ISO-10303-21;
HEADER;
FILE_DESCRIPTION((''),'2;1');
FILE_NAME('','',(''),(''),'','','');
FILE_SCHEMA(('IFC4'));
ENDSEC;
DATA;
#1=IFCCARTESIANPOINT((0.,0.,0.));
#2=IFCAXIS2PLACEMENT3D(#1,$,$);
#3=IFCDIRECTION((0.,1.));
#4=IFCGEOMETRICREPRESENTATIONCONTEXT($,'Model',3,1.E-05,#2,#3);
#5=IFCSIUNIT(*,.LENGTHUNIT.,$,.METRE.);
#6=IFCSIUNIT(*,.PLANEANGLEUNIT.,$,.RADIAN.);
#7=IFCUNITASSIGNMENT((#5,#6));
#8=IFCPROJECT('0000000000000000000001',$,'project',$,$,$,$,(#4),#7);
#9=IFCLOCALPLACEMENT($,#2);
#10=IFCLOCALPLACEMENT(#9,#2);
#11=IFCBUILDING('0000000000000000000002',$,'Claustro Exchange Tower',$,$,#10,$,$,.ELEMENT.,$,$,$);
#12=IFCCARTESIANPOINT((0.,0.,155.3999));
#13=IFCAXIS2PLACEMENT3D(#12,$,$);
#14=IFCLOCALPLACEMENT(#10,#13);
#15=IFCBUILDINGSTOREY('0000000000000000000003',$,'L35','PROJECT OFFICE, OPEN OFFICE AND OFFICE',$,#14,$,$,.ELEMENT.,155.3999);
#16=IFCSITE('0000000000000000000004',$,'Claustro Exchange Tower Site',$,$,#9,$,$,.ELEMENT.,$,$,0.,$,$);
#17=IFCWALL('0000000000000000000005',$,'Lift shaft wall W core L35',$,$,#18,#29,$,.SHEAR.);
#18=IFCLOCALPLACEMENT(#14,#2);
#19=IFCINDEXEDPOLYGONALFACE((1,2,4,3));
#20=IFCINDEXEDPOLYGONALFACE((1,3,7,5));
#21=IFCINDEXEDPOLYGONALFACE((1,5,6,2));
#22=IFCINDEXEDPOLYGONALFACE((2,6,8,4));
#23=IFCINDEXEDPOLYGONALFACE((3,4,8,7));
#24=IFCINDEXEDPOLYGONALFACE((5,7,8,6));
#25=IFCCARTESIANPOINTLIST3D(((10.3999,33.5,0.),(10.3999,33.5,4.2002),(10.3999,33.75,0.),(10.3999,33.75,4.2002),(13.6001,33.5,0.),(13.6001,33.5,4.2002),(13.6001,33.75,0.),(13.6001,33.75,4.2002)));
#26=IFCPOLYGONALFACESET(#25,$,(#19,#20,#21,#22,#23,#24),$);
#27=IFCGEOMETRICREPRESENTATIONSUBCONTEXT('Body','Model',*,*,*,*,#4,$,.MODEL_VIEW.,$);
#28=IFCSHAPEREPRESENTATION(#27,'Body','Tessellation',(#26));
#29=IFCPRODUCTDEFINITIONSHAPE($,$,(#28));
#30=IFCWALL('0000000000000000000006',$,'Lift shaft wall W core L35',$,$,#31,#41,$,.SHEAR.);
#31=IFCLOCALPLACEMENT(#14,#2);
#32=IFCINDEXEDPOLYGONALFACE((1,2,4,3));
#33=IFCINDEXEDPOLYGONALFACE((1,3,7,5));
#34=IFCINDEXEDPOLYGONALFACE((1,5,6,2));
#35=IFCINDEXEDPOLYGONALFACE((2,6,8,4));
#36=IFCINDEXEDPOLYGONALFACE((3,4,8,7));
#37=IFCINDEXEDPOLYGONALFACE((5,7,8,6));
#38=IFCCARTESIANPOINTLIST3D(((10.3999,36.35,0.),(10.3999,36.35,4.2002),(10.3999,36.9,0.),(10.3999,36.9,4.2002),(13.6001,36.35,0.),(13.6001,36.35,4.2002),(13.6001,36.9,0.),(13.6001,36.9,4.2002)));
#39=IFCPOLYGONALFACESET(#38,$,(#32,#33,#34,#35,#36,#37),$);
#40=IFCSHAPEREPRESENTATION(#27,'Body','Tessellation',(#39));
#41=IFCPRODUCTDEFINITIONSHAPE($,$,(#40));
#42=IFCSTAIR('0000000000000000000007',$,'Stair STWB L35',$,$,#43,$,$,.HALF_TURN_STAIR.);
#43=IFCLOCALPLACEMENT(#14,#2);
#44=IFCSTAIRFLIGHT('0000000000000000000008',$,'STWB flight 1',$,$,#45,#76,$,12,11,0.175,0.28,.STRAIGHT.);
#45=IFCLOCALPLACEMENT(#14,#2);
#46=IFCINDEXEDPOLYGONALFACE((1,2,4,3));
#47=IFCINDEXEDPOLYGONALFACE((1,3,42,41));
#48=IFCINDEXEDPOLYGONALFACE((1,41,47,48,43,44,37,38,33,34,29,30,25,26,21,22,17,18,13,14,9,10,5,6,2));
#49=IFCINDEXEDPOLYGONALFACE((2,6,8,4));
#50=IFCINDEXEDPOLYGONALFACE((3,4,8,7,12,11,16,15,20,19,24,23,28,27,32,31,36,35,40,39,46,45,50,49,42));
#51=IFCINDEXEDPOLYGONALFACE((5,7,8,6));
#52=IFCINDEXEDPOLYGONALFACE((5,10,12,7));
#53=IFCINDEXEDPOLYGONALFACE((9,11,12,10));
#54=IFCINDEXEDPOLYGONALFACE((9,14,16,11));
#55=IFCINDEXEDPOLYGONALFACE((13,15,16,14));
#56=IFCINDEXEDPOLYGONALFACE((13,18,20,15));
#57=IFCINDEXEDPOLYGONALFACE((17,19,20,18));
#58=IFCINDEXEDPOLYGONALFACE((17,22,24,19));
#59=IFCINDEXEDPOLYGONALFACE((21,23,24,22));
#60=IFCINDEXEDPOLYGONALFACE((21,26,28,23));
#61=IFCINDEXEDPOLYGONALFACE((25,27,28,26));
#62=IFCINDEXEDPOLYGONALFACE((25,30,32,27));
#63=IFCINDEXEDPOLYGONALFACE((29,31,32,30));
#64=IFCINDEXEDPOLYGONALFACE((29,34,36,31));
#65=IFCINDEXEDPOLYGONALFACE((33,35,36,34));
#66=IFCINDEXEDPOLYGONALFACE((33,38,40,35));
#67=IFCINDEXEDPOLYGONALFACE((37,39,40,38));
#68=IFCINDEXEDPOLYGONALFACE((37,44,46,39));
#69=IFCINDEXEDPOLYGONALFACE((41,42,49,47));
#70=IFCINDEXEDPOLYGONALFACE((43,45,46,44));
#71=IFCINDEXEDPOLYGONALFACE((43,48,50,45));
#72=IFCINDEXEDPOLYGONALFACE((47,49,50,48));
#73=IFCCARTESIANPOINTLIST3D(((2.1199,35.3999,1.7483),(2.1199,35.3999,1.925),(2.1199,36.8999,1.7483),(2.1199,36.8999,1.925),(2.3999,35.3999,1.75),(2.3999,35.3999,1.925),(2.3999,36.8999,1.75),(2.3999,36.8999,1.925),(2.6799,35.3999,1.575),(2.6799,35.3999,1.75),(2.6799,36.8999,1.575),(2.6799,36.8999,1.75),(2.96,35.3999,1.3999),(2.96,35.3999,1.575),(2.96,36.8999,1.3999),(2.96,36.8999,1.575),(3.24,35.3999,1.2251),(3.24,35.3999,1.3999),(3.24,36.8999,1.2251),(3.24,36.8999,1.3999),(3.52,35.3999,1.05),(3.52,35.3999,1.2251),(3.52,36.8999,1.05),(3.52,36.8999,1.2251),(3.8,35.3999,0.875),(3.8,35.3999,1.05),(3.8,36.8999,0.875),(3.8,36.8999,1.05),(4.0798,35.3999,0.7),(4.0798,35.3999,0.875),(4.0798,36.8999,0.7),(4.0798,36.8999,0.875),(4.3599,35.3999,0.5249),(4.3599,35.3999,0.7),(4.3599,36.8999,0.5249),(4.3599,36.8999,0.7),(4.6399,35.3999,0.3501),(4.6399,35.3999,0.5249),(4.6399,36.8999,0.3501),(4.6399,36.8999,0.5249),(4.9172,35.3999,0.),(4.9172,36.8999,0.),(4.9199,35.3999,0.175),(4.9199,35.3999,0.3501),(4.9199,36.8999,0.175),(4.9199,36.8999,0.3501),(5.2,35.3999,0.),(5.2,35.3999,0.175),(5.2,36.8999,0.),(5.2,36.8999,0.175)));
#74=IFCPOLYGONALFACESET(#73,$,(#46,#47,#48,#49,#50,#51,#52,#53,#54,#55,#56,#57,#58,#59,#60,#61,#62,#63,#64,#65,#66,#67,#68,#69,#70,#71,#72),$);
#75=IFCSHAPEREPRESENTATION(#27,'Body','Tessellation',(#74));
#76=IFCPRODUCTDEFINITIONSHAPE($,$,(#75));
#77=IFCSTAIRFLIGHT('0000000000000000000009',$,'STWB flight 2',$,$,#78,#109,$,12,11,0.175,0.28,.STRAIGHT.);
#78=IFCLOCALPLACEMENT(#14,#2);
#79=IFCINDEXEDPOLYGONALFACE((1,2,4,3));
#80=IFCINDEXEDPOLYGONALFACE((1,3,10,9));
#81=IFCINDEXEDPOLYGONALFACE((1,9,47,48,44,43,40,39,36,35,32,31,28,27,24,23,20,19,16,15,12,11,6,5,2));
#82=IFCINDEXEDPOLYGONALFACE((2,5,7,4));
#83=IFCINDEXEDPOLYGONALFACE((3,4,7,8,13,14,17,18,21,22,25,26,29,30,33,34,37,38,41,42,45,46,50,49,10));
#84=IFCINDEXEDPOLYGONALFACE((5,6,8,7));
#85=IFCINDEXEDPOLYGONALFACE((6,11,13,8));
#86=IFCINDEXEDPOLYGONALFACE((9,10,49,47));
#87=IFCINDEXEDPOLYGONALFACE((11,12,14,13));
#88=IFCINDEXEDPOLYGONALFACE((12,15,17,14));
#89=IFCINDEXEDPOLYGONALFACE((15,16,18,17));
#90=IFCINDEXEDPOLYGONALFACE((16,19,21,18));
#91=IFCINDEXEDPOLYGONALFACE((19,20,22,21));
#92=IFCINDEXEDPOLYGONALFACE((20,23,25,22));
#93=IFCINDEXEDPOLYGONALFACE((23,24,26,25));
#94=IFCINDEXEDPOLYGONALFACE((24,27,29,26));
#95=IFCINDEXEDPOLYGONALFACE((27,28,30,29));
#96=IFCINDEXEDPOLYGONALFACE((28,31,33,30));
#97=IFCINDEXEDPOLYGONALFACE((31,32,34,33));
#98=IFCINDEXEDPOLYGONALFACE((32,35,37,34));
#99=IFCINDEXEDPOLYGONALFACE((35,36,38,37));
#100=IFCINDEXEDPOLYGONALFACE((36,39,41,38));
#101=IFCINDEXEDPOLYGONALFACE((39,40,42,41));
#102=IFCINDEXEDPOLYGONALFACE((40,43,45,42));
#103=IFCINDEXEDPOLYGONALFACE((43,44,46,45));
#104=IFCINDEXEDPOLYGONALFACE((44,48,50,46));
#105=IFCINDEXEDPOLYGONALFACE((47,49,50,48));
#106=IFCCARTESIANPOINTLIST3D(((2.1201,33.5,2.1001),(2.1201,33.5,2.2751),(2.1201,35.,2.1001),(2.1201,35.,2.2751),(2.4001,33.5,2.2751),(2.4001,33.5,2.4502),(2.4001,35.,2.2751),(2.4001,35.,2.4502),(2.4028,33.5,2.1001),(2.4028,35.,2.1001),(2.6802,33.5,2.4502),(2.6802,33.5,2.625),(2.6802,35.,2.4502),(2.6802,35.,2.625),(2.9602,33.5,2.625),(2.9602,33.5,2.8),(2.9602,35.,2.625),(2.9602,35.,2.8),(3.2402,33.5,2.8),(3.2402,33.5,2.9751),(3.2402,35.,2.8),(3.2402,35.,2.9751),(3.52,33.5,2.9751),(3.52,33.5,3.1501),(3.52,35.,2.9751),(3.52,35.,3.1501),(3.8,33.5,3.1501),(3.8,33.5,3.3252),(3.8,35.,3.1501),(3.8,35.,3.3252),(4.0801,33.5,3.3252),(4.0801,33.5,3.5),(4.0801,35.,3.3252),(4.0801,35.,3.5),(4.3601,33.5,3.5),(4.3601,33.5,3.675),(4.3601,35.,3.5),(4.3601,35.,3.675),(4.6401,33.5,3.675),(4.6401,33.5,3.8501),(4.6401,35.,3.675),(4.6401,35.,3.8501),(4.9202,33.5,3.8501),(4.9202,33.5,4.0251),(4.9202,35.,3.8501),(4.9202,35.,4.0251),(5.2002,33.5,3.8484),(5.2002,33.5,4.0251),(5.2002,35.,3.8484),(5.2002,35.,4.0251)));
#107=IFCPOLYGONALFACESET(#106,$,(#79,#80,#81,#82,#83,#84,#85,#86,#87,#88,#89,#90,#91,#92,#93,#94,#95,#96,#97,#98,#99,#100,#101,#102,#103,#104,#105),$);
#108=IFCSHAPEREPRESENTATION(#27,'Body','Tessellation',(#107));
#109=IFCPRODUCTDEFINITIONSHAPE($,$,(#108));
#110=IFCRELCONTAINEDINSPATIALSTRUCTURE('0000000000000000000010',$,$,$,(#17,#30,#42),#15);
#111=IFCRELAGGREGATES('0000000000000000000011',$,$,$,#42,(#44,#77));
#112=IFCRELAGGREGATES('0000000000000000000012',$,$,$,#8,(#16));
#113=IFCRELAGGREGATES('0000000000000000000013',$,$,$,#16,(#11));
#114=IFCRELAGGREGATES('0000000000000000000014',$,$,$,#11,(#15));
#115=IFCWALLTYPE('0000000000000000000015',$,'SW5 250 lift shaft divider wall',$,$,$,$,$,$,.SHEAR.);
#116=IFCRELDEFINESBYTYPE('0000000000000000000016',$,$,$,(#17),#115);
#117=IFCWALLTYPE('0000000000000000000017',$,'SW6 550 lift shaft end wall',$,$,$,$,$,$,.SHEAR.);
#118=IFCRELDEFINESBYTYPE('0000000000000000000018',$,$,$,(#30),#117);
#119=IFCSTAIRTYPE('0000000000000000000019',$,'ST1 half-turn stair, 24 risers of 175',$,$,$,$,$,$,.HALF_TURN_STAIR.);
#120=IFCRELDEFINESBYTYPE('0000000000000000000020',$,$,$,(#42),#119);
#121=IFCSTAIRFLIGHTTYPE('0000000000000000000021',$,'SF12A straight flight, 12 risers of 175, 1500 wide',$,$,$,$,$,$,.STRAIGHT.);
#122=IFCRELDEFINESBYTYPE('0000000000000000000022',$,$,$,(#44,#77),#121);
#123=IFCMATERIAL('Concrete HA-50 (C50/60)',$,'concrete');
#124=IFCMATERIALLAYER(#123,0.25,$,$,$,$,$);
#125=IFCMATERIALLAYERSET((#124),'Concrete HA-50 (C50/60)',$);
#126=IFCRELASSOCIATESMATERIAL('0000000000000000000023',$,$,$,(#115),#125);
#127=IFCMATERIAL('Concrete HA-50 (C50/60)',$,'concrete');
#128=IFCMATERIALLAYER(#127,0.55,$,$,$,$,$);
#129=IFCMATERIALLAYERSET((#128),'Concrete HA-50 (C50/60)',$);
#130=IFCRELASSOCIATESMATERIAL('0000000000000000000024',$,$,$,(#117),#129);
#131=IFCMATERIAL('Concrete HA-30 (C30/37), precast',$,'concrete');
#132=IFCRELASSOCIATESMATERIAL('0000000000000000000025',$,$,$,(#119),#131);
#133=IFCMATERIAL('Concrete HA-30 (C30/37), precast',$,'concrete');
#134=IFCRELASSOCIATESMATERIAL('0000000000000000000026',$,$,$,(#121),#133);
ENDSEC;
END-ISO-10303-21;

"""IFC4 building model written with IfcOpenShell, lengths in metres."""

from ifc_helpers import new_model, si_unit, direction, frame, frame_2d, origin, place, context, subcontext, project, spatial, polyline, rectangle, outline, extrude, material, layer, layer_set, type_object, element, aggregate, save


model = new_model("IFC4")

# Units and contexts
model_context = context("Model", 3, precision=1e-05, world=origin(), true_north=direction((0.0, 1.0)))
body_context = subcontext(model_context, "Body", "Model", "MODEL_VIEW")
ifc_project = project(units=[si_unit("LENGTHUNIT", "METRE"), si_unit("PLANEANGLEUNIT", "RADIAN")], contexts=[model_context])

# Site, building, storey
site_placement = place(None, origin())
site = spatial("IfcSite", under=ifc_project, at=site_placement, Name="Claustro Exchange Tower Site", CompositionType="ELEMENT", RefElevation=0.0)
building_placement = place(site_placement, origin())
building = spatial("IfcBuilding", under=site, at=building_placement, Name="Claustro Exchange Tower", CompositionType="ELEMENT")
storey_placement = place(building_placement, frame((0.0, 0.0, 155.3999)))
storey = spatial("IfcBuildingStorey", under=building, at=storey_placement, Name="L35", Description="PROJECT OFFICE, OPEN OFFICE AND OFFICE", CompositionType="ELEMENT", Elevation=155.3999)

# Walls
ifc_material_1 = material(Name="Concrete HA-50 (C50/60)", Category="concrete")
ifc_layer_1 = layer(ifc_material_1, 0.25)
ifc_layer_set_1 = layer_set([ifc_layer_1], Name="Concrete HA-50 (C50/60)")
wall_type_1 = type_object("IfcWallType", Name="SW5 250 lift shaft divider wall", PredefinedType="SHEAR", material=ifc_layer_set_1)
for number, where, z_axis, x_axis, name in (
    (1, (10.3999, 33.625, 0.0), (0.0, 0.0, 1.0), (1.0, 0.0, 0.0), "Lift shaft wall W core L35"),
):
    element("IfcWall", number, at=place(storey_placement, frame(where, z_axis=z_axis, x_axis=x_axis)), inside=storey, type_object=wall_type_1, Name=name, PredefinedType="SHEAR", context=body_context, shape_type="SweptSolid", body=[
        extrude(rectangle(XDim=3.2002, YDim=0.25, at=frame_2d((1.6001, 0.0))), origin(), (0.0, 0.0, 1.0), 4.2002),
    ])
ifc_material_2 = material(Name="Concrete HA-50 (C50/60)", Category="concrete")
ifc_layer_2 = layer(ifc_material_2, 0.55)
ifc_layer_set_2 = layer_set([ifc_layer_2], Name="Concrete HA-50 (C50/60)")
wall_type_2 = type_object("IfcWallType", Name="SW6 550 lift shaft end wall", PredefinedType="SHEAR", material=ifc_layer_set_2)
wall_1_placement = place(storey_placement, frame((10.3999, 36.625, 0.0), z_axis=(0.0, 0.0, 1.0), x_axis=(1.0, 0.0, 0.0)))
element("IfcWall", 2, at=wall_1_placement, inside=storey, type_object=wall_type_2, Name="Lift shaft wall W core L35", PredefinedType="SHEAR", context=body_context, shape_type="SweptSolid", body=[
    extrude(rectangle(XDim=3.2002, YDim=0.55, at=frame_2d((1.6001, 0.0))), origin(), (0.0, 0.0, 1.0), 4.2002),
])

# Stair, stair flights
ifc_material_3 = material(Name="Concrete HA-30 (C30/37), precast", Category="concrete")
stair_type = type_object("IfcStairType", Name="ST1 half-turn stair, 24 risers of 175", PredefinedType="HALF_TURN_STAIR", material=ifc_material_3)
stair_placement = place(storey_placement, origin())
stair = element("IfcStair", 3, at=stair_placement, inside=storey, type_object=stair_type, Name="Stair STWB L35", PredefinedType="HALF_TURN_STAIR")
ifc_material_4 = material(Name="Concrete HA-30 (C30/37), precast", Category="concrete")
stair_flight_type = type_object("IfcStairFlightType", Name="SF12A straight flight, 12 risers of 175, 1500 wide", PredefinedType="STRAIGHT", material=ifc_material_4)
stair_flight_1_placement = place(storey_placement, frame((5.2, 36.1499, 0.0), z_axis=(0.0, 0.0, 1.0), x_axis=(-1.0, 0.0, 0.0)))
stair_flight_1 = element("IfcStairFlight", 4, at=stair_flight_1_placement, type_object=stair_flight_type, Name="STWB flight 1", NumberOfRisers=12, NumberOfTreads=11, PredefinedType="STRAIGHT", RiserHeight=0.175, TreadLength=0.28, context=body_context, shape_type="SweptSolid", body=[
    extrude(outline(polyline([(0.0, 0.0), (0.0, 0.175), (0.28, 0.175), (0.28, 0.3501), (0.5601, 0.3501), (0.5601, 0.5249), (0.8401, 0.5249), (0.8401, 0.7), (1.1201, 0.7), (1.1201, 0.875), (1.3999, 0.875), (1.3999, 1.05), (1.6799, 1.05), (1.6799, 1.2251), (1.96, 1.2251), (1.96, 1.3999), (2.24, 1.3999), (2.24, 1.575), (2.52, 1.575), (2.52, 1.75), (2.8, 1.75), (2.8, 1.925), (3.0801, 1.925), (3.0801, 2.1001), (3.0801, 1.7483), (0.2827, 0.0), (0.0, 0.0)])), frame((0.0, 0.75, 0.0), z_axis=(0.0, -1.0, 0.0), x_axis=(1.0, 0.0, 0.0)), (0.0, 0.0, 1.0), 1.5),
])
stair_flight_2_placement = place(storey_placement, frame((2.1201, 34.25, 2.1001), z_axis=(0.0, 0.0, 1.0), x_axis=(1.0, 0.0, 0.0)))
stair_flight_2 = element("IfcStairFlight", 5, at=stair_flight_2_placement, type_object=stair_flight_type, Name="STWB flight 2", NumberOfRisers=12, NumberOfTreads=11, PredefinedType="STRAIGHT", RiserHeight=0.175, TreadLength=0.28, context=body_context, shape_type="SweptSolid", body=[
    extrude(outline(polyline([(0.0, 0.0), (0.0, 0.175), (0.28, 0.175), (0.28, 0.3501), (0.5601, 0.3501), (0.5601, 0.5249), (0.8401, 0.5249), (0.8401, 0.7), (1.1201, 0.7), (1.1201, 0.875), (1.3999, 0.875), (1.3999, 1.05), (1.6799, 1.05), (1.6799, 1.2251), (1.96, 1.2251), (1.96, 1.3999), (2.24, 1.3999), (2.24, 1.575), (2.52, 1.575), (2.52, 1.75), (2.8, 1.75), (2.8, 1.925), (3.0801, 1.925), (3.0801, 2.1001), (3.0801, 1.7483), (0.2827, 0.0), (0.0, 0.0)])), frame((0.0, 0.75, 0.0), z_axis=(0.0, -1.0, 0.0), x_axis=(1.0, 0.0, 0.0)), (0.0, 0.0, 1.0), 1.5),
])
aggregate(stair, [stair_flight_1, stair_flight_2])

save(model, "model.ifc")
